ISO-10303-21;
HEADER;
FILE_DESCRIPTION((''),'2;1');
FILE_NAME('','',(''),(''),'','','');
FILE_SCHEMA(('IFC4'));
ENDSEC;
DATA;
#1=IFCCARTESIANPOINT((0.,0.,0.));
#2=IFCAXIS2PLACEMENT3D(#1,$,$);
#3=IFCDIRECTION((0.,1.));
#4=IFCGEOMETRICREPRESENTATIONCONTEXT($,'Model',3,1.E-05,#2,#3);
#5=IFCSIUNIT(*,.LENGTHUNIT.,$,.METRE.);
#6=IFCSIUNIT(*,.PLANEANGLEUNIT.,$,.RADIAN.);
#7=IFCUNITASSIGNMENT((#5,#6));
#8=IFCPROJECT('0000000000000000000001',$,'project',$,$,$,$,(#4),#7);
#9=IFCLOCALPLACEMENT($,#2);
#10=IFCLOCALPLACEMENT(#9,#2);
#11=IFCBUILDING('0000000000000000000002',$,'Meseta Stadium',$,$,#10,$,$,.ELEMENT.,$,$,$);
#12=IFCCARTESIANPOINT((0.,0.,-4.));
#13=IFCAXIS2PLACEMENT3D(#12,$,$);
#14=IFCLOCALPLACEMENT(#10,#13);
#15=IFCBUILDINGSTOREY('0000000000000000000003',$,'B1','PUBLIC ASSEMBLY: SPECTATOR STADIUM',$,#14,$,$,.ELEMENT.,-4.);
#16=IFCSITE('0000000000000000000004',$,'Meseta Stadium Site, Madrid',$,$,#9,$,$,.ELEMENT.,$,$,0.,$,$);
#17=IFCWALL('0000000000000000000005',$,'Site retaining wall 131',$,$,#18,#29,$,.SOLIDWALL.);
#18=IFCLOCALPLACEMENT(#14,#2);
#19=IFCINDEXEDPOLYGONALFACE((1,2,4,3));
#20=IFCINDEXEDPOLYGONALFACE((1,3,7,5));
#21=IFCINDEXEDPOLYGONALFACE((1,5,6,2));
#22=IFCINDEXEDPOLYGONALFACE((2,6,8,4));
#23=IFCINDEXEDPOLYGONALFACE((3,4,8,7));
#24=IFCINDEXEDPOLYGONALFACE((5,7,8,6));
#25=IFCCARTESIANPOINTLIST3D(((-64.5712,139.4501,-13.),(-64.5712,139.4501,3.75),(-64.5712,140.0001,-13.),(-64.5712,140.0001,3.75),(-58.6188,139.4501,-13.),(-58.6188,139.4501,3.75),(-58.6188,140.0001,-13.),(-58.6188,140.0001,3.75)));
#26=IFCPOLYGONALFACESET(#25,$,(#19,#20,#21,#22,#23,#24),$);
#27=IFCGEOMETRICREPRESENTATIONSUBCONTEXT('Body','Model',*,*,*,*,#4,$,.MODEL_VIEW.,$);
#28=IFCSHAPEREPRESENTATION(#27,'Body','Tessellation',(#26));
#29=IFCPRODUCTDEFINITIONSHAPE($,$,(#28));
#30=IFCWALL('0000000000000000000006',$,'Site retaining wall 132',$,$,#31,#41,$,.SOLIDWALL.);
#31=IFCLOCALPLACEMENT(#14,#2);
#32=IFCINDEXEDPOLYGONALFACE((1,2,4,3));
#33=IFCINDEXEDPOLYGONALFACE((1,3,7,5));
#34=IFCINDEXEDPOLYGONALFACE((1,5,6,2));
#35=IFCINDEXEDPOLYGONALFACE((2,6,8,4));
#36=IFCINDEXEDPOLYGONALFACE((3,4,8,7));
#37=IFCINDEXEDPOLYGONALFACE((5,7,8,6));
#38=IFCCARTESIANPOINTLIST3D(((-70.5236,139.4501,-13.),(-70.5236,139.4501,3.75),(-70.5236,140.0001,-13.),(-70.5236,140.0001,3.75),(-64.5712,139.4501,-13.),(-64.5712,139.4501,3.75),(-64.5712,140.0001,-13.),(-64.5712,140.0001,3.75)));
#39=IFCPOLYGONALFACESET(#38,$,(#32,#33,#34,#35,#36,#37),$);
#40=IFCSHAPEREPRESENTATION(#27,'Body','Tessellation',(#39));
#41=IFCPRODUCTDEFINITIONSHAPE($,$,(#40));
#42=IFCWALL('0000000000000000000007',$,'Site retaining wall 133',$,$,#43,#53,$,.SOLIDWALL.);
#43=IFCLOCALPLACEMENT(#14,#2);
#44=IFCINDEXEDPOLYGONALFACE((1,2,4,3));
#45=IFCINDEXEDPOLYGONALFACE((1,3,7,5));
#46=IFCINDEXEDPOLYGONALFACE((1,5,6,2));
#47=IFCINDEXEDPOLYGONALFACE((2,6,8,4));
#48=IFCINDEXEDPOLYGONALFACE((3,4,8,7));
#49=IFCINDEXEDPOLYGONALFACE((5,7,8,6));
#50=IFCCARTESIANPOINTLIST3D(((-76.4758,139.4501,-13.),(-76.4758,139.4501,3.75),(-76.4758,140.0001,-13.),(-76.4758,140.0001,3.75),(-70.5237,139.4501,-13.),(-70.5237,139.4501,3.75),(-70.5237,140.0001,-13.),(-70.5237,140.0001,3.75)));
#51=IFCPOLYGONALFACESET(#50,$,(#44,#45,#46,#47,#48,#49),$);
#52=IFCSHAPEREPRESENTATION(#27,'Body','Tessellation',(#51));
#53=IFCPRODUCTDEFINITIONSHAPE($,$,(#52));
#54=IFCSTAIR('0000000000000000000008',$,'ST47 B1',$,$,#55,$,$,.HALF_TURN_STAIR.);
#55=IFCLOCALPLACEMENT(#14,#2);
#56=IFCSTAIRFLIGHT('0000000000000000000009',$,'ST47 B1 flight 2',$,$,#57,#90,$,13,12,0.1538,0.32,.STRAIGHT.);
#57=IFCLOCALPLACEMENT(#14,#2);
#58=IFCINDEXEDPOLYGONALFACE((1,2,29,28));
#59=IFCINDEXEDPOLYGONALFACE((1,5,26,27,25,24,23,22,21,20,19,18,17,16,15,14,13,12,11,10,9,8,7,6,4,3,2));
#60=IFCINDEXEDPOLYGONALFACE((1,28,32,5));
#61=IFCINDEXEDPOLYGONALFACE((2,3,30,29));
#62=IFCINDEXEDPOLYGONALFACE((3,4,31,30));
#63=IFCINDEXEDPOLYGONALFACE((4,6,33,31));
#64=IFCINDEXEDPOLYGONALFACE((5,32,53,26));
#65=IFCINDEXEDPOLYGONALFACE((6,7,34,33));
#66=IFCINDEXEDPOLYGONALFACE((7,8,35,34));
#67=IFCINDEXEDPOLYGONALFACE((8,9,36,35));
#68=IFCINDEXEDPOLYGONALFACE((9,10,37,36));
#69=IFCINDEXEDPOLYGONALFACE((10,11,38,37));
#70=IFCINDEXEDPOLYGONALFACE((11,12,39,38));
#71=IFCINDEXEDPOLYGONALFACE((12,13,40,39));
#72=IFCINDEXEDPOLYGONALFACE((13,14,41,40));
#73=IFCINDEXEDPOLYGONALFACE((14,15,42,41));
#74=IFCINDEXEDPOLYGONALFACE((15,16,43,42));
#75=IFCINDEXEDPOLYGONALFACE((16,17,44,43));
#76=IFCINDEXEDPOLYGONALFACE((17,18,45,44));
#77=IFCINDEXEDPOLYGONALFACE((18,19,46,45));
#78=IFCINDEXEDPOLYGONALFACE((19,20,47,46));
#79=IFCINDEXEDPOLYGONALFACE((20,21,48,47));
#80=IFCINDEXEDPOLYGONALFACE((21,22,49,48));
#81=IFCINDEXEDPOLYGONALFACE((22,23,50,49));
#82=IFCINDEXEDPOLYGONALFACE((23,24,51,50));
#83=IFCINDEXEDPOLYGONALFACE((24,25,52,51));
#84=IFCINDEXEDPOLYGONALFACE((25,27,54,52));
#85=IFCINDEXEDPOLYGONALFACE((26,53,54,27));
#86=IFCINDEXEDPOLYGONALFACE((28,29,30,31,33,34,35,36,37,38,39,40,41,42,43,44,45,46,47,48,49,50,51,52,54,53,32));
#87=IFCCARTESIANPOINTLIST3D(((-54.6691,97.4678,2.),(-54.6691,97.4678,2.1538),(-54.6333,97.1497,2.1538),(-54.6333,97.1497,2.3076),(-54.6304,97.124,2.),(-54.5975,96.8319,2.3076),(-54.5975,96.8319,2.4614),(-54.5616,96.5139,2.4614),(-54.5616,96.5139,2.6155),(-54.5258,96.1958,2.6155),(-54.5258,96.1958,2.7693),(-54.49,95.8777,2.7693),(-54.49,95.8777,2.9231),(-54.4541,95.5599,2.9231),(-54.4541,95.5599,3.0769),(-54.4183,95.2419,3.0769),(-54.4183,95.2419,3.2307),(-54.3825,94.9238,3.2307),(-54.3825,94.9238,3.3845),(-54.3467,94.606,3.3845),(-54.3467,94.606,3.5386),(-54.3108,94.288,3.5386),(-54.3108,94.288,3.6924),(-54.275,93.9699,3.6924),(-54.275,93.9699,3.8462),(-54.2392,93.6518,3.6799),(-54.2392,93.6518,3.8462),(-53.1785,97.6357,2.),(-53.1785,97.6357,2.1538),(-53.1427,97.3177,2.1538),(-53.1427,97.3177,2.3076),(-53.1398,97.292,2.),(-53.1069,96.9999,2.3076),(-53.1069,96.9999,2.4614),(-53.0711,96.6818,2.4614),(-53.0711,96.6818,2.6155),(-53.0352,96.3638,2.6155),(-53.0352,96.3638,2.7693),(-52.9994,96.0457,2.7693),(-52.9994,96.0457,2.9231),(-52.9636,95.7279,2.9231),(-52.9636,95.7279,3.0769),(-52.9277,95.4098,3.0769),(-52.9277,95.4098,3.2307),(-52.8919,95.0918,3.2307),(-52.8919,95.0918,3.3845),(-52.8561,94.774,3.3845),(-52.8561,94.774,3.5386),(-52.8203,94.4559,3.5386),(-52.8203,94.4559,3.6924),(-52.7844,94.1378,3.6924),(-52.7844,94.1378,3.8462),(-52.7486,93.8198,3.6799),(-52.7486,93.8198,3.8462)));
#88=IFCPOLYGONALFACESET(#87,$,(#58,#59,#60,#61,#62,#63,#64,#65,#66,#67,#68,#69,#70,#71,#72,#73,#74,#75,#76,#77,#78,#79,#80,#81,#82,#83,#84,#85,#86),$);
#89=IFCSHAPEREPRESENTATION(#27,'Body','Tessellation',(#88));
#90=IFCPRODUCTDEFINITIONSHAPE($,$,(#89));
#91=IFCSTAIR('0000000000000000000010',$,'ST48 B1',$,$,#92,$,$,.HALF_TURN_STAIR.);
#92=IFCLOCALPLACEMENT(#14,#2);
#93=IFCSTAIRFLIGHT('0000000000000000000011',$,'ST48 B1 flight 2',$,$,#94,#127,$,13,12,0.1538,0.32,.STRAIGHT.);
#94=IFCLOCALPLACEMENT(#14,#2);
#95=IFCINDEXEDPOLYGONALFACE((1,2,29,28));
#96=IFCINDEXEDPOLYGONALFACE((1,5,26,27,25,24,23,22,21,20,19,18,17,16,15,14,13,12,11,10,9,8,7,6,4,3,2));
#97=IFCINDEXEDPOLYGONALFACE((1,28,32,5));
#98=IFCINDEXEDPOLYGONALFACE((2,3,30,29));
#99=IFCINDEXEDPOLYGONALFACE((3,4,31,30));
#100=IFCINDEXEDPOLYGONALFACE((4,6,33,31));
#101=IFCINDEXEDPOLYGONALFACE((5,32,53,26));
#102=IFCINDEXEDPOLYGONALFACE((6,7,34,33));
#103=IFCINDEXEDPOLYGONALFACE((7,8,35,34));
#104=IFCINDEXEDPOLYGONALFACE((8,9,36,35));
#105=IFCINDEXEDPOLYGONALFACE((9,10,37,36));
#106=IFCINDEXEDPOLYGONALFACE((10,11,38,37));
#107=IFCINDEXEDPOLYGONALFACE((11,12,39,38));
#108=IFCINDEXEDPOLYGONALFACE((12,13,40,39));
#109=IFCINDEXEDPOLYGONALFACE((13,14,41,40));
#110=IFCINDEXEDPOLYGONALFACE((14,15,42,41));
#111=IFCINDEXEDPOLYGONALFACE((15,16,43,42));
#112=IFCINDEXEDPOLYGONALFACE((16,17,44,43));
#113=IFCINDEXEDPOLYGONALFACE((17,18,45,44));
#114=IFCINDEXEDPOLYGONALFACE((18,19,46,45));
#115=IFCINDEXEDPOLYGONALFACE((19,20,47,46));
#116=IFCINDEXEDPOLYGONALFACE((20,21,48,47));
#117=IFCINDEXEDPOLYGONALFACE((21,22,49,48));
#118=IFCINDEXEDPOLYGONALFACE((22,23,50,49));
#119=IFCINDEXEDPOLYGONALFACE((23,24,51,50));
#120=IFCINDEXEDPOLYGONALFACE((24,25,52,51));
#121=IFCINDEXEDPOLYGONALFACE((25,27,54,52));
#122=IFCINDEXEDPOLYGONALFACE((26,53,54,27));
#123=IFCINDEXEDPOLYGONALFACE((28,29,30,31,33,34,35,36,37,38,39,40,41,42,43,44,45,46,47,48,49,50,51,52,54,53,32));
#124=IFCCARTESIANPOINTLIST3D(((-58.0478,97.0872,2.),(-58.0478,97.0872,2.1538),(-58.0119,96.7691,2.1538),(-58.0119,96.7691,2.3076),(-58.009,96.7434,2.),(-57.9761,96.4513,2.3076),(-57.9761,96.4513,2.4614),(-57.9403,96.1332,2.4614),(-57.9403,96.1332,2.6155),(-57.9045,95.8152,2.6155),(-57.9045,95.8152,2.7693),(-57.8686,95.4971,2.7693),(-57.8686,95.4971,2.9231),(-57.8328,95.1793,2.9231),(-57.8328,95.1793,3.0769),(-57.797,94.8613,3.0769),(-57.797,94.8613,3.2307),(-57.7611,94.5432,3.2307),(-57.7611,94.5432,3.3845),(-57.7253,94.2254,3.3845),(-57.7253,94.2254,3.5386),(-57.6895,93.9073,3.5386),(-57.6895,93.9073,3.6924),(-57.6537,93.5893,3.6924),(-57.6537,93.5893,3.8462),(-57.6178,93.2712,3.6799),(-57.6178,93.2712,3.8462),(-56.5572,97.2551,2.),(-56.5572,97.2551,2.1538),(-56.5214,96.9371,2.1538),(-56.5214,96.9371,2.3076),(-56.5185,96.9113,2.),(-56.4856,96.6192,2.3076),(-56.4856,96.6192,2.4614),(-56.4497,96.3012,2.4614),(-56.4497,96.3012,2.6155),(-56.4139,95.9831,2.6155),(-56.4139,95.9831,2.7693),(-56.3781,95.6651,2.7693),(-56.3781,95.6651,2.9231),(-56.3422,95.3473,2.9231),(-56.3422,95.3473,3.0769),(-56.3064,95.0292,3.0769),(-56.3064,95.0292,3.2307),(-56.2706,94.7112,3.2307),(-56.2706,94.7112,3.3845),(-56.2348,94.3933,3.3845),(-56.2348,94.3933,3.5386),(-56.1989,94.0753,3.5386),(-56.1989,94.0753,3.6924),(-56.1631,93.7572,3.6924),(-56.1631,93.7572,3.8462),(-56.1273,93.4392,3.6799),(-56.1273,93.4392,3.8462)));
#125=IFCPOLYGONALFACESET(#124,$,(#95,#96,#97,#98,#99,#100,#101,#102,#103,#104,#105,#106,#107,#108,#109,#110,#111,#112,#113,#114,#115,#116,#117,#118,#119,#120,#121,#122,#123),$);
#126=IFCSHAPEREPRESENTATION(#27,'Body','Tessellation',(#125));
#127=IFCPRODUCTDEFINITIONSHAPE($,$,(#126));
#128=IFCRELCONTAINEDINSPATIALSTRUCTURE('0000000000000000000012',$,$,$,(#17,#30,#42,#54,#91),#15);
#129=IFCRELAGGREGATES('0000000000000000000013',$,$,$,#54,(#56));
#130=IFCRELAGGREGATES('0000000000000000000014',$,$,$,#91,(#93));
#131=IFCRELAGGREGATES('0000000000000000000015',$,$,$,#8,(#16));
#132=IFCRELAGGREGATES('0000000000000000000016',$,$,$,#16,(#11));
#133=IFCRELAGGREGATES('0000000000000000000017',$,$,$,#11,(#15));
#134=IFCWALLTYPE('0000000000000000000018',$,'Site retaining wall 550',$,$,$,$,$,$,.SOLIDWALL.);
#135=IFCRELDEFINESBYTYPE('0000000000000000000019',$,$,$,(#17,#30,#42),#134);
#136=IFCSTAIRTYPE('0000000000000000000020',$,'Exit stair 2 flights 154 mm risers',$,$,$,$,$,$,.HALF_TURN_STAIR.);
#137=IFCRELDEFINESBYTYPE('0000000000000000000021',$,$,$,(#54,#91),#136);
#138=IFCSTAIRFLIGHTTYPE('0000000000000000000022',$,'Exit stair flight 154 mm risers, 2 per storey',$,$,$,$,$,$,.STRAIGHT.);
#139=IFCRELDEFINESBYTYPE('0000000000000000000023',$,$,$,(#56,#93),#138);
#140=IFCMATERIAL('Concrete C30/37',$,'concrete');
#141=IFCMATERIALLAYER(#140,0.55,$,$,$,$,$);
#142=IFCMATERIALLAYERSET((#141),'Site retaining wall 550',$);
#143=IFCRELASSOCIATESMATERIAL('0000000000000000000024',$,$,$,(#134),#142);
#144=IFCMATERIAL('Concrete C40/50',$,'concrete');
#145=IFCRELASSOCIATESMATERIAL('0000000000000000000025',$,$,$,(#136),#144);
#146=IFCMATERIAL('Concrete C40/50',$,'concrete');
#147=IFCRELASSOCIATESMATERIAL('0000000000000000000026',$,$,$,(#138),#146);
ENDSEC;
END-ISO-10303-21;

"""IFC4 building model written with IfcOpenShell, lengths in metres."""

from ifc_helpers import new_model, si_unit, direction, frame, frame_2d, origin, place, context, subcontext, project, spatial, polyline, rectangle, outline, extrude, material, layer, layer_set, type_object, element, aggregate, save


model = new_model("IFC4")

# Units and contexts
model_context = context("Model", 3, precision=1e-05, world=origin(), true_north=direction((0.0, 1.0)))
body_context = subcontext(model_context, "Body", "Model", "MODEL_VIEW")
ifc_project = project(units=[si_unit("LENGTHUNIT", "METRE"), si_unit("PLANEANGLEUNIT", "RADIAN")], contexts=[model_context])

# Site, building, storey
site_placement = place(None, origin())
site = spatial("IfcSite", under=ifc_project, at=site_placement, Name="Meseta Stadium Site, Madrid", CompositionType="ELEMENT", RefElevation=0.0)
building_placement = place(site_placement, origin())
building = spatial("IfcBuilding", under=site, at=building_placement, Name="Meseta Stadium", CompositionType="ELEMENT")
storey_placement = place(building_placement, frame((0.0, 0.0, -4.0)))
storey = spatial("IfcBuildingStorey", under=building, at=storey_placement, Name="B1", Description="PUBLIC ASSEMBLY: SPECTATOR STADIUM", CompositionType="ELEMENT", Elevation=-4.0)

# Walls
ifc_material_1 = material(Name="Concrete C30/37", Category="concrete")
ifc_layer_1 = layer(ifc_material_1, 0.55)
ifc_layer_set_1 = layer_set([ifc_layer_1], Name="Site retaining wall 550")
wall_type_1 = type_object("IfcWallType", Name="Site retaining wall 550", PredefinedType="SOLIDWALL", material=ifc_layer_set_1)
for number, where, z_axis, x_axis, name in (
    (1, (-58.6189, 139.7251, -13.0), (0.0, 0.0, 1.0), (-1.0, 0.0, 0.0), "Site retaining wall 131"),
    (2, (-64.5713, 139.7251, -13.0), (0.0, 0.0, 1.0), (-1.0, 0.0, 0.0), "Site retaining wall 132"),
):
    element("IfcWall", number, at=place(storey_placement, frame(where, z_axis=z_axis, x_axis=x_axis)), inside=storey, type_object=wall_type_1, Name=name, PredefinedType="SOLIDWALL", context=body_context, shape_type="SweptSolid", body=[
        extrude(rectangle(XDim=5.9524, YDim=0.55, at=frame_2d((2.9761, 0.0))), origin(), (0.0, 0.0, 1.0), 16.75),
    ])
wall_1_placement = place(storey_placement, frame((-70.5237, 139.7251, -13.0), z_axis=(0.0, 0.0, 1.0), x_axis=(-1.0, 0.0, 0.0)))
element("IfcWall", 3, at=wall_1_placement, inside=storey, type_object=wall_type_1, Name="Site retaining wall 133", PredefinedType="SOLIDWALL", context=body_context, shape_type="SweptSolid", body=[
    extrude(rectangle(XDim=5.9521, YDim=0.55, at=frame_2d((2.9761, 0.0))), origin(), (0.0, 0.0, 1.0), 16.75),
])

# Stairs, stair flights
ifc_material_2 = material(Name="Concrete C40/50", Category="concrete")
stair_type = type_object("IfcStairType", Name="Exit stair 2 flights 154 mm risers", PredefinedType="HALF_TURN_STAIR", material=ifc_material_2)
stair_1_placement = place(storey_placement, origin())
stair_1 = element("IfcStair", 4, at=stair_1_placement, inside=storey, type_object=stair_type, Name="ST47 B1", PredefinedType="HALF_TURN_STAIR")
ifc_material_3 = material(Name="Concrete C40/50", Category="concrete")
stair_flight_type = type_object("IfcStairFlightType", Name="Exit stair flight 154 mm risers, 2 per storey", PredefinedType="STRAIGHT", material=ifc_material_3)
stair_flight_1_placement = place(storey_placement, frame((-53.9238, 97.5518, 2.0), z_axis=(0.0, 0.0, 1.0), x_axis=(0.111964, -0.993712, 0.0)))
stair_flight_1 = element("IfcStairFlight", 5, at=stair_flight_1_placement, type_object=stair_flight_type, Name="ST47 B1 flight 2", NumberOfRisers=13, NumberOfTreads=12, PredefinedType="STRAIGHT", RiserHeight=0.1538, TreadLength=0.32, context=body_context, shape_type="SweptSolid", body=[
    extrude(outline(polyline([(0.0, 0.0), (0.0, 0.1538), (0.3201, 0.1538), (0.3201, 0.3076), (0.6399, 0.3076), (0.6399, 0.4614), (0.96, 0.4614), (0.96, 0.6155), (1.28, 0.6155), (1.28, 0.7693), (1.6001, 0.7693), (1.6001, 0.9231), (1.9199, 0.9231), (1.9199, 1.0769), (2.24, 1.0769), (2.24, 1.2307), (2.5601, 1.2307), (2.5601, 1.3845), (2.8799, 1.3845), (2.8799, 1.5386), (3.2, 1.5386), (3.2, 1.6924), (3.52, 1.6924), (3.52, 1.8462), (3.8401, 1.8462), (3.8401, 1.6799), (0.3459, 0.0), (0.0, 0.0)])), frame((0.0, 0.75, 0.0), z_axis=(0.0, -1.0, 0.0), x_axis=(1.0, 0.0, 0.0)), (0.0, 0.0, 1.0), 1.5),
])
aggregate(stair_1, [stair_flight_1])
stair_2_placement = place(storey_placement, origin())
stair_2 = element("IfcStair", 6, at=stair_2_placement, inside=storey, type_object=stair_type, Name="ST48 B1", PredefinedType="HALF_TURN_STAIR")
stair_flight_2_placement = place(storey_placement, frame((-57.3025, 97.1711, 2.0), z_axis=(0.0, 0.0, 1.0), x_axis=(0.111964, -0.993712, 0.0)))
stair_flight_2 = element("IfcStairFlight", 7, at=stair_flight_2_placement, type_object=stair_flight_type, Name="ST48 B1 flight 2", NumberOfRisers=13, NumberOfTreads=12, PredefinedType="STRAIGHT", RiserHeight=0.1538, TreadLength=0.32, context=body_context, shape_type="SweptSolid", body=[
    extrude(outline(polyline([(0.0, 0.0), (0.0, 0.1538), (0.3201, 0.1538), (0.3201, 0.3076), (0.6399, 0.3076), (0.6399, 0.4614), (0.96, 0.4614), (0.96, 0.6155), (1.28, 0.6155), (1.28, 0.7693), (1.6001, 0.7693), (1.6001, 0.9231), (1.9199, 0.9231), (1.9199, 1.0769), (2.24, 1.0769), (2.24, 1.2307), (2.5601, 1.2307), (2.5601, 1.3845), (2.8799, 1.3845), (2.8799, 1.5386), (3.2, 1.5386), (3.2, 1.6924), (3.52, 1.6924), (3.52, 1.8462), (3.8401, 1.8462), (3.8401, 1.6799), (0.3459, 0.0), (0.0, 0.0)])), frame((0.0, 0.75, 0.0), z_axis=(0.0, -1.0, 0.0), x_axis=(1.0, 0.0, 0.0)), (0.0, 0.0, 1.0), 1.5),
])
aggregate(stair_2, [stair_flight_2])

save(model, "model.ifc")
